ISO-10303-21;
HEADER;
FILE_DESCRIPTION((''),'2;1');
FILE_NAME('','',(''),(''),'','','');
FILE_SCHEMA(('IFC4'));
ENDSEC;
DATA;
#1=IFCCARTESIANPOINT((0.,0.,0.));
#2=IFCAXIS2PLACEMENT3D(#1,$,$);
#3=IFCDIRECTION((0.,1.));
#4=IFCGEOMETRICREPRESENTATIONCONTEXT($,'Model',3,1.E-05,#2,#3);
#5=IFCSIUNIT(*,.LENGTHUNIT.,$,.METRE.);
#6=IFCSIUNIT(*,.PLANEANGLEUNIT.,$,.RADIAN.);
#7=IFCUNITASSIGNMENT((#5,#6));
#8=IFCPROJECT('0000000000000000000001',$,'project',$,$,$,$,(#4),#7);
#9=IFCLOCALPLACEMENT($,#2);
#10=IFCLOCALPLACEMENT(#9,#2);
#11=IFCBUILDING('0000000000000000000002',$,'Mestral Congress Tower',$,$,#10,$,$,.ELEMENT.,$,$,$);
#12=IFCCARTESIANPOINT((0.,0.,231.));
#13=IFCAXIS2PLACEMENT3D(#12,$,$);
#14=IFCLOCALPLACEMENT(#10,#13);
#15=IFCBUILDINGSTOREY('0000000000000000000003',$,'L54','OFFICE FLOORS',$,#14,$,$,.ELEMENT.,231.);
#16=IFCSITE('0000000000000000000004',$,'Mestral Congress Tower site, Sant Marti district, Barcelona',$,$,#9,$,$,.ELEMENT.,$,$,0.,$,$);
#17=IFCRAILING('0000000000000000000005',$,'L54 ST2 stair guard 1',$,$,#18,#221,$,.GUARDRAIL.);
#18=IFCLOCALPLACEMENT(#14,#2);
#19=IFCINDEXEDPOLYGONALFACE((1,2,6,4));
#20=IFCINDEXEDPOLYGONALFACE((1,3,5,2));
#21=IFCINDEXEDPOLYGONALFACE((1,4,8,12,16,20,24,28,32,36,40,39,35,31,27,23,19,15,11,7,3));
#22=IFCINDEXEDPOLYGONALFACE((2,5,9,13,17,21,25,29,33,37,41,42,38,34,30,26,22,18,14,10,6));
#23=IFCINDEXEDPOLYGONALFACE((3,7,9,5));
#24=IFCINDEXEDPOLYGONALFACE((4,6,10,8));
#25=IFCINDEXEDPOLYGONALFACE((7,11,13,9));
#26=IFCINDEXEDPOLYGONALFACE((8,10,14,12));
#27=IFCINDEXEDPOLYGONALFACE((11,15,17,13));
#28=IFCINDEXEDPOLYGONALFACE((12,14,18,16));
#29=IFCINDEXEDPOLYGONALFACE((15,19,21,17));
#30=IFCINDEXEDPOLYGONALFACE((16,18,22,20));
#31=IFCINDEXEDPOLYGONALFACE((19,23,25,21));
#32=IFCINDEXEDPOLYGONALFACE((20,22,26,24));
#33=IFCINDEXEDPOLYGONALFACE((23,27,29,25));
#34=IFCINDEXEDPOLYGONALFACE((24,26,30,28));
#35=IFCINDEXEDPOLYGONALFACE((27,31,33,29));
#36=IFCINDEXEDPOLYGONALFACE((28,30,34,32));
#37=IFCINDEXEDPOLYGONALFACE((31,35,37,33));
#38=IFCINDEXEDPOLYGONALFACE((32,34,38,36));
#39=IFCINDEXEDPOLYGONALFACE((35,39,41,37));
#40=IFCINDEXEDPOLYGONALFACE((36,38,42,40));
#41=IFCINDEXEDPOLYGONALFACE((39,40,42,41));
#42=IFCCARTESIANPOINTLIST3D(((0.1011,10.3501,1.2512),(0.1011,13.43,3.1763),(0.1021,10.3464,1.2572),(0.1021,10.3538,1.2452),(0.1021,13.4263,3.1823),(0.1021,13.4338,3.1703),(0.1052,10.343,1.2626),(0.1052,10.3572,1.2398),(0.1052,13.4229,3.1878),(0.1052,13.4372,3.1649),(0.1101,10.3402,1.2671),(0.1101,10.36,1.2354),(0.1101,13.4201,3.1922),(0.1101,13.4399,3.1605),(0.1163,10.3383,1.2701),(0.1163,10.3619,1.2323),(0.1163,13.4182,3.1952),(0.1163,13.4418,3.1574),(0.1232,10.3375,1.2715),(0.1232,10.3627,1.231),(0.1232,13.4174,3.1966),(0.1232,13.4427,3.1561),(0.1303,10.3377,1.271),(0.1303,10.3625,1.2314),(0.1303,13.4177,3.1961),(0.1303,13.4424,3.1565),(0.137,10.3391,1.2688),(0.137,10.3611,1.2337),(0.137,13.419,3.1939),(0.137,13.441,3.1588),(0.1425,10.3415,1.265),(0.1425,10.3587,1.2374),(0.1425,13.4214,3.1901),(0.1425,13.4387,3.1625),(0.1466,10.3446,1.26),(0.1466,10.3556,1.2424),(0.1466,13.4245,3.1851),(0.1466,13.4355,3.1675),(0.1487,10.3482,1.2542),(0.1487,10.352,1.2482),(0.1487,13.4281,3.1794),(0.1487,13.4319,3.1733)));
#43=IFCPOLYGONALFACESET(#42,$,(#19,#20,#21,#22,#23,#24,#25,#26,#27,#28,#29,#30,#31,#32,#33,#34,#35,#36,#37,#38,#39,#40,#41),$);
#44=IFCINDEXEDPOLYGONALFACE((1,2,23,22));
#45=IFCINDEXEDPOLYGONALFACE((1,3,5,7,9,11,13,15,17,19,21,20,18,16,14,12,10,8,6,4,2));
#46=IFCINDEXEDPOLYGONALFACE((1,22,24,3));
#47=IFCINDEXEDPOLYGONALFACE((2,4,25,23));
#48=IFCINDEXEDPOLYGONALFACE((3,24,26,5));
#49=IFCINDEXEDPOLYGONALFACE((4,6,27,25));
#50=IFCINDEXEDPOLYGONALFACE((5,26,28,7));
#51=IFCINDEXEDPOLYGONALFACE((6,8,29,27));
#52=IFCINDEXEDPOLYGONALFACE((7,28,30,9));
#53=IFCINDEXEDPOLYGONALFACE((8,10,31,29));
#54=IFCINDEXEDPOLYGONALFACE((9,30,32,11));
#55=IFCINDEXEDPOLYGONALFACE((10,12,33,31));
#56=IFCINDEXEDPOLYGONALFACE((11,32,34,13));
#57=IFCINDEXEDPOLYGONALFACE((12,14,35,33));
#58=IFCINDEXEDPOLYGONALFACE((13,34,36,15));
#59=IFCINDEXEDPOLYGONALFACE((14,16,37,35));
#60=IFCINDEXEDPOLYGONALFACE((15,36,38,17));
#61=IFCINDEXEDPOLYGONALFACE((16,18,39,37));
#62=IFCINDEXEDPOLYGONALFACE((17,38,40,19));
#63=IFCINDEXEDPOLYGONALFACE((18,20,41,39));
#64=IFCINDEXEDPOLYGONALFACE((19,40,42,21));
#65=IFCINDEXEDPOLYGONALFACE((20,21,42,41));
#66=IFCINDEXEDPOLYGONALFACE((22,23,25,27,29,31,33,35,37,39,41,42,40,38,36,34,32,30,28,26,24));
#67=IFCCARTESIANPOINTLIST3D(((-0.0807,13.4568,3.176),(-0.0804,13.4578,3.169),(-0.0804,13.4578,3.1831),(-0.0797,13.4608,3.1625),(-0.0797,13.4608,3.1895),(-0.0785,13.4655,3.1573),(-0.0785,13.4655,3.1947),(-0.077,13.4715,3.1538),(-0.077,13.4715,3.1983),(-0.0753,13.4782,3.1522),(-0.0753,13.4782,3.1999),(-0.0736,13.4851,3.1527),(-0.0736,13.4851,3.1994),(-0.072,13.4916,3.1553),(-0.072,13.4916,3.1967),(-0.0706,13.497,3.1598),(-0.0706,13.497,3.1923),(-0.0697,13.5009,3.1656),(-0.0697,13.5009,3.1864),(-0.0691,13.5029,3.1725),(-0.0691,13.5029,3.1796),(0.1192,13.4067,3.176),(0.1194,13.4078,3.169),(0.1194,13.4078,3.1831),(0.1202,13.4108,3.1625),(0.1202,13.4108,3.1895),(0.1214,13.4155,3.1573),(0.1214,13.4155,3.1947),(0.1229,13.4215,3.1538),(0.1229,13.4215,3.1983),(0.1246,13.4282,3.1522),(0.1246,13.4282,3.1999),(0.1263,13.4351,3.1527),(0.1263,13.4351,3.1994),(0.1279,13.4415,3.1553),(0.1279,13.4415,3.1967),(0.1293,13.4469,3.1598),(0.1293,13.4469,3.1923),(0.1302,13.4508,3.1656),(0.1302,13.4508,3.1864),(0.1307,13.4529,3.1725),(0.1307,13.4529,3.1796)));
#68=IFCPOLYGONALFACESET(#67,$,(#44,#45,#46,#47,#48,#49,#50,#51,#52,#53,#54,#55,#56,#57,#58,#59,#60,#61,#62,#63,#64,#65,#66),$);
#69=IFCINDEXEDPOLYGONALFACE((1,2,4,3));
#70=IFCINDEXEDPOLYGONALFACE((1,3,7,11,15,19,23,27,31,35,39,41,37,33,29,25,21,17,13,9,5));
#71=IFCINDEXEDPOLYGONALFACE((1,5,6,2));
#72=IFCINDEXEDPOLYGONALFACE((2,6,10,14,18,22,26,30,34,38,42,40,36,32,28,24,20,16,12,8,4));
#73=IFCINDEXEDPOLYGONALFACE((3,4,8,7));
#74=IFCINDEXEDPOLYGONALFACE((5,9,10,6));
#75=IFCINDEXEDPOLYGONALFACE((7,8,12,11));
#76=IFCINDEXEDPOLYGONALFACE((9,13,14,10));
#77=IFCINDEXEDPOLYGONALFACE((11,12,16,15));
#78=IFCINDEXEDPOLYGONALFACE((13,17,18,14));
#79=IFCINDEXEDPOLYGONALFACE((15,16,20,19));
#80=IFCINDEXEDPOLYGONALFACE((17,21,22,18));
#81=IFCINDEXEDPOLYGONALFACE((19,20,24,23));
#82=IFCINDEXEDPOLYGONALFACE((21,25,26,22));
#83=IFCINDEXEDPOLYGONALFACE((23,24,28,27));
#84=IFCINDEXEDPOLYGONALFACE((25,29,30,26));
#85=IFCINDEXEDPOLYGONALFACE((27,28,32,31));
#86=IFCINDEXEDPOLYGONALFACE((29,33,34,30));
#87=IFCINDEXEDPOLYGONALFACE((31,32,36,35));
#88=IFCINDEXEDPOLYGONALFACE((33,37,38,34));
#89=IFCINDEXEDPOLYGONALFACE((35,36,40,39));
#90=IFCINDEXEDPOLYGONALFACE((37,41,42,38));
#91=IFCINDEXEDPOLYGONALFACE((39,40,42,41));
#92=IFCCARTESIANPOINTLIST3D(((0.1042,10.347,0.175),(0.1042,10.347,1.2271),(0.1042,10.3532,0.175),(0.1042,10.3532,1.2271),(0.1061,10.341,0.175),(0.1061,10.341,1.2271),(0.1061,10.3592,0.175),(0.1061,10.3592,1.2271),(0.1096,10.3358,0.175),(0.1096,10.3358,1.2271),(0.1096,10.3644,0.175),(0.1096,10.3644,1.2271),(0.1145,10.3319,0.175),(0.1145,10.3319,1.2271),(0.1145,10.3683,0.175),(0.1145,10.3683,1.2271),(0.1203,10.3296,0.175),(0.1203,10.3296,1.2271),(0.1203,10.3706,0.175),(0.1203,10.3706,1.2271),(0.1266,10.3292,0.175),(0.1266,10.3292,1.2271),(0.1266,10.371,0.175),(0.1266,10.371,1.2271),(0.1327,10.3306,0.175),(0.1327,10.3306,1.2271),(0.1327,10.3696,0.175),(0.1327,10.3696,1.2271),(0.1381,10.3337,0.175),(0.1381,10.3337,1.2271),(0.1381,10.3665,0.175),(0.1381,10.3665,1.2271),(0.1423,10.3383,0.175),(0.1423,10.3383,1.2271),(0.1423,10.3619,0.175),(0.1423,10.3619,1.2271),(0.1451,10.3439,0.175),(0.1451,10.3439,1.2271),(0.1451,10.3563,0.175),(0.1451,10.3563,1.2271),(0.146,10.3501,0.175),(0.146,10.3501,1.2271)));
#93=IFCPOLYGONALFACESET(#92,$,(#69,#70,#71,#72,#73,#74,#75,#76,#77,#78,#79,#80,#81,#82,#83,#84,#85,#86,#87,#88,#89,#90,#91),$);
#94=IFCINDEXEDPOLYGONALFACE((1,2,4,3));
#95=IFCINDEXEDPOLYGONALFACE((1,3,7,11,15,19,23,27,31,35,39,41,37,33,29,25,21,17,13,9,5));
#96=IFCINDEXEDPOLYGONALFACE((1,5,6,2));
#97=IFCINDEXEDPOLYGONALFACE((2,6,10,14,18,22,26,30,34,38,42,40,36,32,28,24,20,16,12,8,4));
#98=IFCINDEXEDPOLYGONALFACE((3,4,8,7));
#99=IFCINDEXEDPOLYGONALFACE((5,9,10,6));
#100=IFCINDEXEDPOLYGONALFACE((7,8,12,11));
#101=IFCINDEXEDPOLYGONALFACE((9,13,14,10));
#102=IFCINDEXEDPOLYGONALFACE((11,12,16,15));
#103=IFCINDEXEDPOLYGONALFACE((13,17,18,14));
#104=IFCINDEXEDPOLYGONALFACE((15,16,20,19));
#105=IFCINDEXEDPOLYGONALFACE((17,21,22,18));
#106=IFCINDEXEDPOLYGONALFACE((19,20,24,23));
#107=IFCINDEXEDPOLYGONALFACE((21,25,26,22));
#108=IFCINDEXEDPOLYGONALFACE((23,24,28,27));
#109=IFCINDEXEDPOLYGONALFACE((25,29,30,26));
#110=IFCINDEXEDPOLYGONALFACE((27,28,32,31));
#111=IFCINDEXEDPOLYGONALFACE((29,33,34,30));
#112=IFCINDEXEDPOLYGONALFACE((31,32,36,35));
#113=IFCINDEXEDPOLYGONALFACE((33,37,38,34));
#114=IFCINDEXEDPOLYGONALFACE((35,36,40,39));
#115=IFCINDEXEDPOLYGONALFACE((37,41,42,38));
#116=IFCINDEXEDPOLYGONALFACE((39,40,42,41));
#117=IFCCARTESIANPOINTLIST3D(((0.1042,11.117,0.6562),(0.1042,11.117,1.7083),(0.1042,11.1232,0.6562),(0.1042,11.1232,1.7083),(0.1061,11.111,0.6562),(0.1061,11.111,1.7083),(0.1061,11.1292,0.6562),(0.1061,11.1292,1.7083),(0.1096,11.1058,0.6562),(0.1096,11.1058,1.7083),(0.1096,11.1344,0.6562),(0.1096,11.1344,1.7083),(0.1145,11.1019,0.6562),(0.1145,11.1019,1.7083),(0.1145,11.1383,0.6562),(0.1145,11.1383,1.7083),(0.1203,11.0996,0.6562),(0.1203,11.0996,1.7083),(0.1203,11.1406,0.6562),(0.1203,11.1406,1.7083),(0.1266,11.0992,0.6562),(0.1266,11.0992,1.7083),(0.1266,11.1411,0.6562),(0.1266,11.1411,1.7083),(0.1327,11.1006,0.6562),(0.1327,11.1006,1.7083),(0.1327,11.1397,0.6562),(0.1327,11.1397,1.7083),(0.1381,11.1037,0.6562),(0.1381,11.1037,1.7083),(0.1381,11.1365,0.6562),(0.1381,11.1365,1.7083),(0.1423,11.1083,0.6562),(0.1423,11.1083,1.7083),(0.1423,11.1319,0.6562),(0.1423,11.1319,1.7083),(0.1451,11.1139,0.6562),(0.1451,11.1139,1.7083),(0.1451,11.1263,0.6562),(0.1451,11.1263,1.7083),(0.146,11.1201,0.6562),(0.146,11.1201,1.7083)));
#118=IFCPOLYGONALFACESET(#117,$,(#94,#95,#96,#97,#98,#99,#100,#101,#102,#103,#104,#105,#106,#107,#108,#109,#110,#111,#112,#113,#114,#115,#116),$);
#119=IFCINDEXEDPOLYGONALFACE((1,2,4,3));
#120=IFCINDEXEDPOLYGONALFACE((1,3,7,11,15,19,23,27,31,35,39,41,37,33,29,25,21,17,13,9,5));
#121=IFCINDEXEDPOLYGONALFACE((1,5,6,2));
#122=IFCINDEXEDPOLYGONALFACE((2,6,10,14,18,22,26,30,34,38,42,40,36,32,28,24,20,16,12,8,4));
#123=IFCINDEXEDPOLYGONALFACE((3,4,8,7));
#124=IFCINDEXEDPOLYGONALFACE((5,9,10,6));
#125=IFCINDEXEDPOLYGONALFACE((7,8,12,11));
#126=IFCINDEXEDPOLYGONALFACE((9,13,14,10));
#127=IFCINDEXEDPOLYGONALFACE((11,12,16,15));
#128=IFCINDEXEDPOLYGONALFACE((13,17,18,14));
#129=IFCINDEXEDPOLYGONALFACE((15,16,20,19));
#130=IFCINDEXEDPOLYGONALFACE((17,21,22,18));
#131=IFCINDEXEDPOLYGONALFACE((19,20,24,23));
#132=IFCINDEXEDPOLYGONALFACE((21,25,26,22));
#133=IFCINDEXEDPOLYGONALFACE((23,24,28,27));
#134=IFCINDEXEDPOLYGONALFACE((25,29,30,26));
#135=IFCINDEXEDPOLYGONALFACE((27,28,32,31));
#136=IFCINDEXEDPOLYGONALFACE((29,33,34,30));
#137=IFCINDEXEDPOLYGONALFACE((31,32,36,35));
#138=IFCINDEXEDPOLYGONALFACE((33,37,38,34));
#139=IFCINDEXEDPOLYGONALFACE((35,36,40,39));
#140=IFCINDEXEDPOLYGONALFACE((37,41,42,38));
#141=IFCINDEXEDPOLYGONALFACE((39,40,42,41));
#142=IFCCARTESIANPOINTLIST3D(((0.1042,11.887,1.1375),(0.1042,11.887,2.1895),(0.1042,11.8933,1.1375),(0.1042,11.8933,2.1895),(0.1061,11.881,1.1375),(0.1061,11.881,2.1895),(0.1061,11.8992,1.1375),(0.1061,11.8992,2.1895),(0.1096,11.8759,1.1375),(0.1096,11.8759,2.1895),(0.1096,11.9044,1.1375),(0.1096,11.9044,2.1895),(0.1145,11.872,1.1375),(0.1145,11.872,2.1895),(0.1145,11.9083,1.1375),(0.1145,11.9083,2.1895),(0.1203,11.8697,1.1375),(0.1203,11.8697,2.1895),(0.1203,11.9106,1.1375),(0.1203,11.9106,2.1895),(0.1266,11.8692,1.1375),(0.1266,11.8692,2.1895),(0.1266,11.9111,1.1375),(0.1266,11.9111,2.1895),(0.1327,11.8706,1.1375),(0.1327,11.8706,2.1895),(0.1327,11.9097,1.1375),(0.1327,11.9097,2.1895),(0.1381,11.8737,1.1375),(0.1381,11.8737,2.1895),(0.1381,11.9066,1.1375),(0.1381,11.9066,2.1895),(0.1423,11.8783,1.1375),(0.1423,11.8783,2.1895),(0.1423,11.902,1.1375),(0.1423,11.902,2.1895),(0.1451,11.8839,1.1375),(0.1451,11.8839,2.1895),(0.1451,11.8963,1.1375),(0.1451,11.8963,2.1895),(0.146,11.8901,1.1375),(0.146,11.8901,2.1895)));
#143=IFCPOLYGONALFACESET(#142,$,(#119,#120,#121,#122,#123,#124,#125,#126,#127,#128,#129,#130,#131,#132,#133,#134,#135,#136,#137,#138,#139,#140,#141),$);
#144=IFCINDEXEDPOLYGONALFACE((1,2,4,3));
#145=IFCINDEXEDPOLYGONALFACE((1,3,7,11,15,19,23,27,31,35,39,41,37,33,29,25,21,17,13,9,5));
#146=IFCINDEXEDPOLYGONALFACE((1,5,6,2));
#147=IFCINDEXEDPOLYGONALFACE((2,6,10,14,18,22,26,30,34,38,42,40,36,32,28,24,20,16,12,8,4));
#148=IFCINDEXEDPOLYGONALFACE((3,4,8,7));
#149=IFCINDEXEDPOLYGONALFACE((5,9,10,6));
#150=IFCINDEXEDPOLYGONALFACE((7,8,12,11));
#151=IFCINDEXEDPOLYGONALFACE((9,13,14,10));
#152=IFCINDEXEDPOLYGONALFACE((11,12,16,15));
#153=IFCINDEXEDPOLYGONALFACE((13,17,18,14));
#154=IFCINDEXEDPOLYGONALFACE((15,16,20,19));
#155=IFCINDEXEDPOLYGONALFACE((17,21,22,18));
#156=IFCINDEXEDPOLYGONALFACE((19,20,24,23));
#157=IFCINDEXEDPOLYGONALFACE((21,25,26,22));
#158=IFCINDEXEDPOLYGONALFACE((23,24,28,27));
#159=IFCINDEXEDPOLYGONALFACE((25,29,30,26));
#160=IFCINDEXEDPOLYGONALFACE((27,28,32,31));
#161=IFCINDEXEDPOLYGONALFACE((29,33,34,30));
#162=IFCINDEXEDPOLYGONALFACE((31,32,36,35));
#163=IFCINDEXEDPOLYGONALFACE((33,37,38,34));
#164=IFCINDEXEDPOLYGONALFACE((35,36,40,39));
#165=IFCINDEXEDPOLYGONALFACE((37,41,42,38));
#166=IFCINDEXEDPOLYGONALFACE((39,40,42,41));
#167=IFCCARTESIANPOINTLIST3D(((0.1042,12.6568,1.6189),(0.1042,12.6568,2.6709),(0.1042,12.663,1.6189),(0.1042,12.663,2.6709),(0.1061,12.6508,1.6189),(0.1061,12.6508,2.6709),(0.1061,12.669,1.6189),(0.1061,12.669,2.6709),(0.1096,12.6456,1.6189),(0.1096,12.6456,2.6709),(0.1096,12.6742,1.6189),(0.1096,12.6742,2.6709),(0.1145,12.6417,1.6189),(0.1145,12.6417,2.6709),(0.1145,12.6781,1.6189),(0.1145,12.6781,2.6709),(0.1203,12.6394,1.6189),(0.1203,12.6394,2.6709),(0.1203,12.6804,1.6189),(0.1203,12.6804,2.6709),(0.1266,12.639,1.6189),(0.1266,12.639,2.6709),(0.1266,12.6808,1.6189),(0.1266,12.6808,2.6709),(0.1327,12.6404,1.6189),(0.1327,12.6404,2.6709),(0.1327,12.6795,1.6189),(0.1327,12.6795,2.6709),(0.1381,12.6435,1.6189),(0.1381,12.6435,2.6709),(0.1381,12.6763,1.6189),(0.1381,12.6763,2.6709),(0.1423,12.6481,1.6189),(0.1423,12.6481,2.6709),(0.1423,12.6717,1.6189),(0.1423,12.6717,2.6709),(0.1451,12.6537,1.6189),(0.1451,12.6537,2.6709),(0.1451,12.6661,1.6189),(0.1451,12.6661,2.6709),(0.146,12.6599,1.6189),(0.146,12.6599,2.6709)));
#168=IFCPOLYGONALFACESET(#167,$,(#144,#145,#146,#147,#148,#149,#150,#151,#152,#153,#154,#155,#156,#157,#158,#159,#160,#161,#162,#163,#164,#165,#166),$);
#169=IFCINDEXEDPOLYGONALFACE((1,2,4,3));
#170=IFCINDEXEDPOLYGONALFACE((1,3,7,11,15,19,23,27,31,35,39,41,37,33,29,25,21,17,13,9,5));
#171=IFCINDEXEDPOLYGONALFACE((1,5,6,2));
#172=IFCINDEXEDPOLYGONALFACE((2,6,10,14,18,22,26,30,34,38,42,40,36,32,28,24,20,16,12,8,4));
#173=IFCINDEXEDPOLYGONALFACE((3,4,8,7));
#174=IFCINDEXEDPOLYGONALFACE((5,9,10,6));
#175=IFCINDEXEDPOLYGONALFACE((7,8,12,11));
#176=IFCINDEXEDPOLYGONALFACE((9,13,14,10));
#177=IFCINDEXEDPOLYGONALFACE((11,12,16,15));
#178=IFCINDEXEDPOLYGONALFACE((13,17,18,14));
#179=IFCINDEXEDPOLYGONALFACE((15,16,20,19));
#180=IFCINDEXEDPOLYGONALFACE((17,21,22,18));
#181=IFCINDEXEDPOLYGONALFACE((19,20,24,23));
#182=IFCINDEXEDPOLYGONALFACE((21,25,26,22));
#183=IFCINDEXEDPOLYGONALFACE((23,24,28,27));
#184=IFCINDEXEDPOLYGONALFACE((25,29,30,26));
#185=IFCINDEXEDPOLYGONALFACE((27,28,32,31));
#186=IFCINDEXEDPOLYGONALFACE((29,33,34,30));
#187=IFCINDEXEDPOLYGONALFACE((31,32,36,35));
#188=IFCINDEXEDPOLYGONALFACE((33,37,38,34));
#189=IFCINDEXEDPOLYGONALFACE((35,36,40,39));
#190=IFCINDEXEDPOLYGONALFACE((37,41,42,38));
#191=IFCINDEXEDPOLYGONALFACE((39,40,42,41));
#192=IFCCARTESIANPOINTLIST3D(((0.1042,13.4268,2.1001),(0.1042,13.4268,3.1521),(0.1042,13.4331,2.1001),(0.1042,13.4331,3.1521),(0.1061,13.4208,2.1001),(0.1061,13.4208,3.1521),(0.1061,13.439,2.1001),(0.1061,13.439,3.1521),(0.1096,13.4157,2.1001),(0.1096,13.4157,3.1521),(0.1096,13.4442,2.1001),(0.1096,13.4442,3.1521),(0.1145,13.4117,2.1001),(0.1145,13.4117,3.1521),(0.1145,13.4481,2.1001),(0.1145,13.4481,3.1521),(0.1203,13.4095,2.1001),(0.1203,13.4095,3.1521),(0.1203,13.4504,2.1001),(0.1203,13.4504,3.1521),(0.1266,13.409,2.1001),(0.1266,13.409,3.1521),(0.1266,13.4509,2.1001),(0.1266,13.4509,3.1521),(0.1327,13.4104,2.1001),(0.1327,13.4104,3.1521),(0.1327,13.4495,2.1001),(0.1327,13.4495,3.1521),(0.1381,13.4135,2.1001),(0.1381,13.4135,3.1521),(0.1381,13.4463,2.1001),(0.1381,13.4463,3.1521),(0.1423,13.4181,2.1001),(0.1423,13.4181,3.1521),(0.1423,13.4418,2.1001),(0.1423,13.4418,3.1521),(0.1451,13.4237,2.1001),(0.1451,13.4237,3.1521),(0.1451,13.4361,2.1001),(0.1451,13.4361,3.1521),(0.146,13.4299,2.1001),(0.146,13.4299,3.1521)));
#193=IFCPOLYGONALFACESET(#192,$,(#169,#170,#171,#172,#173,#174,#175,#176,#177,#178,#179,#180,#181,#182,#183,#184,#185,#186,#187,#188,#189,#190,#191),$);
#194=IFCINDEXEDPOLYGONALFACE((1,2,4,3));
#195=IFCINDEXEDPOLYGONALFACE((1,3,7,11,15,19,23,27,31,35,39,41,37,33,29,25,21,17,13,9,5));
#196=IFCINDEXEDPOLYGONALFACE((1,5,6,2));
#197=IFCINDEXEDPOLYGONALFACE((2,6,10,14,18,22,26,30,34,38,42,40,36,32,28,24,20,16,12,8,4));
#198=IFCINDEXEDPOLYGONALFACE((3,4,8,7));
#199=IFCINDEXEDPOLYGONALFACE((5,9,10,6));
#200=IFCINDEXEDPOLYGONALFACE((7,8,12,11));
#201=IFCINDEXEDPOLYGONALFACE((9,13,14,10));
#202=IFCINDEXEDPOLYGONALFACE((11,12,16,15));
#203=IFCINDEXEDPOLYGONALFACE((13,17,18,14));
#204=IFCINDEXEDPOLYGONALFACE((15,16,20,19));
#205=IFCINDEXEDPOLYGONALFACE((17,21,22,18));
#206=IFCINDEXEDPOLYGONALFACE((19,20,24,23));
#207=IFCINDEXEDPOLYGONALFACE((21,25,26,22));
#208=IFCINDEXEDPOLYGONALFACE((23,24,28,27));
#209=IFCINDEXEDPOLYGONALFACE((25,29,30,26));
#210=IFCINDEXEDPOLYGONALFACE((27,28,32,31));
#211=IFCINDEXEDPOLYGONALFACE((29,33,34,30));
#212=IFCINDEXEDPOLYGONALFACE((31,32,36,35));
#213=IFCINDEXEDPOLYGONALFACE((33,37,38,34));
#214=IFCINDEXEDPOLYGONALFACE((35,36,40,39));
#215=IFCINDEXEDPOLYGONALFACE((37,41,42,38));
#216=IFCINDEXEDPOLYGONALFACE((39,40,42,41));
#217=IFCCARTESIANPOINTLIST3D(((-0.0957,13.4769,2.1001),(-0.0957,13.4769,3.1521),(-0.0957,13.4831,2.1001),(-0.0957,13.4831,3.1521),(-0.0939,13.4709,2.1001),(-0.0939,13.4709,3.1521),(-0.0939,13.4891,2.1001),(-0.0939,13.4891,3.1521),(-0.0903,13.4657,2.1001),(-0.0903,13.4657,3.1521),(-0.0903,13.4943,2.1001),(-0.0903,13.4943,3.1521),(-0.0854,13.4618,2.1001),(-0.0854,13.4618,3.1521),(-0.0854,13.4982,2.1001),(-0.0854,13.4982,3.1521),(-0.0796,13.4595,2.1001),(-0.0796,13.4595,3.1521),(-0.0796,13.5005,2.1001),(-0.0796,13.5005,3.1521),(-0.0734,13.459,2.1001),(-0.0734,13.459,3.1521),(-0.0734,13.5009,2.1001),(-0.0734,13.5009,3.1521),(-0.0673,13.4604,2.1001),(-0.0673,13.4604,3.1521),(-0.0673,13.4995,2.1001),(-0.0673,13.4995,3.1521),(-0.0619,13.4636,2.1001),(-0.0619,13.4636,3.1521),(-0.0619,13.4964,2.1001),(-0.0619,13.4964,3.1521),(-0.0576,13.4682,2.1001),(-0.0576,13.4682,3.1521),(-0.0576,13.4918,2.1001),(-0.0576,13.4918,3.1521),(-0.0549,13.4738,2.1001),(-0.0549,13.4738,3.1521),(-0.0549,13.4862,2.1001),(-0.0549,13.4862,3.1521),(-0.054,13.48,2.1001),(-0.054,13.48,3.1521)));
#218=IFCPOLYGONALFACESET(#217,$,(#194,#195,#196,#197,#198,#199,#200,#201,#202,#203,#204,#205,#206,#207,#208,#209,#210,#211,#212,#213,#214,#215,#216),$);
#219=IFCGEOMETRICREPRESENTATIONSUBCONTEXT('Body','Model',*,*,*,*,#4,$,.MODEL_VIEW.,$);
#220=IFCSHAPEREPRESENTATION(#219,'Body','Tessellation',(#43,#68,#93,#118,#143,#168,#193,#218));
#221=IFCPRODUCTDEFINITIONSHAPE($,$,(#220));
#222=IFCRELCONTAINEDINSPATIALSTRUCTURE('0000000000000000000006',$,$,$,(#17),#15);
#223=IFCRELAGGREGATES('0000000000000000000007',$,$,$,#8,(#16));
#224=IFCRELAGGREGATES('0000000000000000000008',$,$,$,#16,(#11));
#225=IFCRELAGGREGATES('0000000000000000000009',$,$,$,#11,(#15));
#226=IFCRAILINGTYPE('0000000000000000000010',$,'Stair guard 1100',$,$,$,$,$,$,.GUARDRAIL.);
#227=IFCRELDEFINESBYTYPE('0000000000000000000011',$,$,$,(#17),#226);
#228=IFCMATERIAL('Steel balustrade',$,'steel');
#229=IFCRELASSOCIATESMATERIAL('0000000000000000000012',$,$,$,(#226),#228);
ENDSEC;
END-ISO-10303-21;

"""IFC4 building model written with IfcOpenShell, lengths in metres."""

from ifc_helpers import new_model, si_unit, direction, frame, origin, origin_2d, place, context, subcontext, project, spatial, circle, extrude, material, type_object, element, save


model = new_model("IFC4")

# Units and contexts
model_context = context("Model", 3, precision=1e-05, world=origin(), true_north=direction((0.0, 1.0)))
body_context = subcontext(model_context, "Body", "Model", "MODEL_VIEW")
ifc_project = project(units=[si_unit("LENGTHUNIT", "METRE"), si_unit("PLANEANGLEUNIT", "RADIAN")], contexts=[model_context])

# Site, building, storey
site_placement = place(None, origin())
site = spatial("IfcSite", under=ifc_project, at=site_placement, Name="Mestral Congress Tower site, Sant Marti district, Barcelona", CompositionType="ELEMENT", RefElevation=0.0)
building_placement = place(site_placement, origin())
building = spatial("IfcBuilding", under=site, at=building_placement, Name="Mestral Congress Tower", CompositionType="ELEMENT")
storey_placement = place(building_placement, frame((0.0, 0.0, 231.0)))
storey = spatial("IfcBuildingStorey", under=building, at=storey_placement, Name="L54", Description="OFFICE FLOORS", CompositionType="ELEMENT", Elevation=231.0)

# Railing
ifc_material_1 = material(Name="Steel balustrade", Category="steel")
railing_type_1 = type_object("IfcRailingType", Name="Stair guard 1100", PredefinedType="GUARDRAIL", material=ifc_material_1)
railing_1_placement = place(storey_placement, frame((0.125, 10.3501, 0.175)))
element("IfcRailing", 1, at=railing_1_placement, inside=storey, type_object=railing_type_1, Name="L54 ST2 stair guard 1", PredefinedType="GUARDRAIL", context=body_context, shape_type="SweptSolid", body=[
    extrude(circle(Radius=0.0239, at=origin_2d()), frame((0.0, 0.0, 1.0762), z_axis=(0.0, 0.847979, 0.530029), x_axis=(-1.0, 0.0, 0.0)), (0.0, 0.0, 1.0), 3.6321),
    extrude(circle(Radius=0.0239, at=origin_2d()), frame((0.0, 3.0798, 3.001), z_axis=(-0.970073, 0.242814, 0.0), x_axis=(-0.242814, -0.970073, 0.0)), (0.0, 0.0, 1.0), 0.2061),
    extrude(circle(Radius=0.021, at=origin_2d()), origin(), (0.0, 0.0, 1.0), 1.052),
    extrude(circle(Radius=0.021, at=origin_2d()), frame((0.0, 0.77, 0.4812)), (0.0, 0.0, 1.0), 1.052),
    extrude(circle(Radius=0.021, at=origin_2d()), frame((0.0, 1.54, 0.9624)), (0.0, 0.0, 1.0), 1.052),
    extrude(circle(Radius=0.021, at=origin_2d()), frame((0.0, 2.3098, 1.4438)), (0.0, 0.0, 1.0), 1.052),
    extrude(circle(Radius=0.021, at=origin_2d()), frame((0.0, 3.0798, 1.925)), (0.0, 0.0, 1.0), 1.052),
    extrude(circle(Radius=0.021, at=origin_2d()), frame((-0.2, 3.1299, 1.925)), (0.0, 0.0, 1.0), 1.052),
])

save(model, "model.ifc")
